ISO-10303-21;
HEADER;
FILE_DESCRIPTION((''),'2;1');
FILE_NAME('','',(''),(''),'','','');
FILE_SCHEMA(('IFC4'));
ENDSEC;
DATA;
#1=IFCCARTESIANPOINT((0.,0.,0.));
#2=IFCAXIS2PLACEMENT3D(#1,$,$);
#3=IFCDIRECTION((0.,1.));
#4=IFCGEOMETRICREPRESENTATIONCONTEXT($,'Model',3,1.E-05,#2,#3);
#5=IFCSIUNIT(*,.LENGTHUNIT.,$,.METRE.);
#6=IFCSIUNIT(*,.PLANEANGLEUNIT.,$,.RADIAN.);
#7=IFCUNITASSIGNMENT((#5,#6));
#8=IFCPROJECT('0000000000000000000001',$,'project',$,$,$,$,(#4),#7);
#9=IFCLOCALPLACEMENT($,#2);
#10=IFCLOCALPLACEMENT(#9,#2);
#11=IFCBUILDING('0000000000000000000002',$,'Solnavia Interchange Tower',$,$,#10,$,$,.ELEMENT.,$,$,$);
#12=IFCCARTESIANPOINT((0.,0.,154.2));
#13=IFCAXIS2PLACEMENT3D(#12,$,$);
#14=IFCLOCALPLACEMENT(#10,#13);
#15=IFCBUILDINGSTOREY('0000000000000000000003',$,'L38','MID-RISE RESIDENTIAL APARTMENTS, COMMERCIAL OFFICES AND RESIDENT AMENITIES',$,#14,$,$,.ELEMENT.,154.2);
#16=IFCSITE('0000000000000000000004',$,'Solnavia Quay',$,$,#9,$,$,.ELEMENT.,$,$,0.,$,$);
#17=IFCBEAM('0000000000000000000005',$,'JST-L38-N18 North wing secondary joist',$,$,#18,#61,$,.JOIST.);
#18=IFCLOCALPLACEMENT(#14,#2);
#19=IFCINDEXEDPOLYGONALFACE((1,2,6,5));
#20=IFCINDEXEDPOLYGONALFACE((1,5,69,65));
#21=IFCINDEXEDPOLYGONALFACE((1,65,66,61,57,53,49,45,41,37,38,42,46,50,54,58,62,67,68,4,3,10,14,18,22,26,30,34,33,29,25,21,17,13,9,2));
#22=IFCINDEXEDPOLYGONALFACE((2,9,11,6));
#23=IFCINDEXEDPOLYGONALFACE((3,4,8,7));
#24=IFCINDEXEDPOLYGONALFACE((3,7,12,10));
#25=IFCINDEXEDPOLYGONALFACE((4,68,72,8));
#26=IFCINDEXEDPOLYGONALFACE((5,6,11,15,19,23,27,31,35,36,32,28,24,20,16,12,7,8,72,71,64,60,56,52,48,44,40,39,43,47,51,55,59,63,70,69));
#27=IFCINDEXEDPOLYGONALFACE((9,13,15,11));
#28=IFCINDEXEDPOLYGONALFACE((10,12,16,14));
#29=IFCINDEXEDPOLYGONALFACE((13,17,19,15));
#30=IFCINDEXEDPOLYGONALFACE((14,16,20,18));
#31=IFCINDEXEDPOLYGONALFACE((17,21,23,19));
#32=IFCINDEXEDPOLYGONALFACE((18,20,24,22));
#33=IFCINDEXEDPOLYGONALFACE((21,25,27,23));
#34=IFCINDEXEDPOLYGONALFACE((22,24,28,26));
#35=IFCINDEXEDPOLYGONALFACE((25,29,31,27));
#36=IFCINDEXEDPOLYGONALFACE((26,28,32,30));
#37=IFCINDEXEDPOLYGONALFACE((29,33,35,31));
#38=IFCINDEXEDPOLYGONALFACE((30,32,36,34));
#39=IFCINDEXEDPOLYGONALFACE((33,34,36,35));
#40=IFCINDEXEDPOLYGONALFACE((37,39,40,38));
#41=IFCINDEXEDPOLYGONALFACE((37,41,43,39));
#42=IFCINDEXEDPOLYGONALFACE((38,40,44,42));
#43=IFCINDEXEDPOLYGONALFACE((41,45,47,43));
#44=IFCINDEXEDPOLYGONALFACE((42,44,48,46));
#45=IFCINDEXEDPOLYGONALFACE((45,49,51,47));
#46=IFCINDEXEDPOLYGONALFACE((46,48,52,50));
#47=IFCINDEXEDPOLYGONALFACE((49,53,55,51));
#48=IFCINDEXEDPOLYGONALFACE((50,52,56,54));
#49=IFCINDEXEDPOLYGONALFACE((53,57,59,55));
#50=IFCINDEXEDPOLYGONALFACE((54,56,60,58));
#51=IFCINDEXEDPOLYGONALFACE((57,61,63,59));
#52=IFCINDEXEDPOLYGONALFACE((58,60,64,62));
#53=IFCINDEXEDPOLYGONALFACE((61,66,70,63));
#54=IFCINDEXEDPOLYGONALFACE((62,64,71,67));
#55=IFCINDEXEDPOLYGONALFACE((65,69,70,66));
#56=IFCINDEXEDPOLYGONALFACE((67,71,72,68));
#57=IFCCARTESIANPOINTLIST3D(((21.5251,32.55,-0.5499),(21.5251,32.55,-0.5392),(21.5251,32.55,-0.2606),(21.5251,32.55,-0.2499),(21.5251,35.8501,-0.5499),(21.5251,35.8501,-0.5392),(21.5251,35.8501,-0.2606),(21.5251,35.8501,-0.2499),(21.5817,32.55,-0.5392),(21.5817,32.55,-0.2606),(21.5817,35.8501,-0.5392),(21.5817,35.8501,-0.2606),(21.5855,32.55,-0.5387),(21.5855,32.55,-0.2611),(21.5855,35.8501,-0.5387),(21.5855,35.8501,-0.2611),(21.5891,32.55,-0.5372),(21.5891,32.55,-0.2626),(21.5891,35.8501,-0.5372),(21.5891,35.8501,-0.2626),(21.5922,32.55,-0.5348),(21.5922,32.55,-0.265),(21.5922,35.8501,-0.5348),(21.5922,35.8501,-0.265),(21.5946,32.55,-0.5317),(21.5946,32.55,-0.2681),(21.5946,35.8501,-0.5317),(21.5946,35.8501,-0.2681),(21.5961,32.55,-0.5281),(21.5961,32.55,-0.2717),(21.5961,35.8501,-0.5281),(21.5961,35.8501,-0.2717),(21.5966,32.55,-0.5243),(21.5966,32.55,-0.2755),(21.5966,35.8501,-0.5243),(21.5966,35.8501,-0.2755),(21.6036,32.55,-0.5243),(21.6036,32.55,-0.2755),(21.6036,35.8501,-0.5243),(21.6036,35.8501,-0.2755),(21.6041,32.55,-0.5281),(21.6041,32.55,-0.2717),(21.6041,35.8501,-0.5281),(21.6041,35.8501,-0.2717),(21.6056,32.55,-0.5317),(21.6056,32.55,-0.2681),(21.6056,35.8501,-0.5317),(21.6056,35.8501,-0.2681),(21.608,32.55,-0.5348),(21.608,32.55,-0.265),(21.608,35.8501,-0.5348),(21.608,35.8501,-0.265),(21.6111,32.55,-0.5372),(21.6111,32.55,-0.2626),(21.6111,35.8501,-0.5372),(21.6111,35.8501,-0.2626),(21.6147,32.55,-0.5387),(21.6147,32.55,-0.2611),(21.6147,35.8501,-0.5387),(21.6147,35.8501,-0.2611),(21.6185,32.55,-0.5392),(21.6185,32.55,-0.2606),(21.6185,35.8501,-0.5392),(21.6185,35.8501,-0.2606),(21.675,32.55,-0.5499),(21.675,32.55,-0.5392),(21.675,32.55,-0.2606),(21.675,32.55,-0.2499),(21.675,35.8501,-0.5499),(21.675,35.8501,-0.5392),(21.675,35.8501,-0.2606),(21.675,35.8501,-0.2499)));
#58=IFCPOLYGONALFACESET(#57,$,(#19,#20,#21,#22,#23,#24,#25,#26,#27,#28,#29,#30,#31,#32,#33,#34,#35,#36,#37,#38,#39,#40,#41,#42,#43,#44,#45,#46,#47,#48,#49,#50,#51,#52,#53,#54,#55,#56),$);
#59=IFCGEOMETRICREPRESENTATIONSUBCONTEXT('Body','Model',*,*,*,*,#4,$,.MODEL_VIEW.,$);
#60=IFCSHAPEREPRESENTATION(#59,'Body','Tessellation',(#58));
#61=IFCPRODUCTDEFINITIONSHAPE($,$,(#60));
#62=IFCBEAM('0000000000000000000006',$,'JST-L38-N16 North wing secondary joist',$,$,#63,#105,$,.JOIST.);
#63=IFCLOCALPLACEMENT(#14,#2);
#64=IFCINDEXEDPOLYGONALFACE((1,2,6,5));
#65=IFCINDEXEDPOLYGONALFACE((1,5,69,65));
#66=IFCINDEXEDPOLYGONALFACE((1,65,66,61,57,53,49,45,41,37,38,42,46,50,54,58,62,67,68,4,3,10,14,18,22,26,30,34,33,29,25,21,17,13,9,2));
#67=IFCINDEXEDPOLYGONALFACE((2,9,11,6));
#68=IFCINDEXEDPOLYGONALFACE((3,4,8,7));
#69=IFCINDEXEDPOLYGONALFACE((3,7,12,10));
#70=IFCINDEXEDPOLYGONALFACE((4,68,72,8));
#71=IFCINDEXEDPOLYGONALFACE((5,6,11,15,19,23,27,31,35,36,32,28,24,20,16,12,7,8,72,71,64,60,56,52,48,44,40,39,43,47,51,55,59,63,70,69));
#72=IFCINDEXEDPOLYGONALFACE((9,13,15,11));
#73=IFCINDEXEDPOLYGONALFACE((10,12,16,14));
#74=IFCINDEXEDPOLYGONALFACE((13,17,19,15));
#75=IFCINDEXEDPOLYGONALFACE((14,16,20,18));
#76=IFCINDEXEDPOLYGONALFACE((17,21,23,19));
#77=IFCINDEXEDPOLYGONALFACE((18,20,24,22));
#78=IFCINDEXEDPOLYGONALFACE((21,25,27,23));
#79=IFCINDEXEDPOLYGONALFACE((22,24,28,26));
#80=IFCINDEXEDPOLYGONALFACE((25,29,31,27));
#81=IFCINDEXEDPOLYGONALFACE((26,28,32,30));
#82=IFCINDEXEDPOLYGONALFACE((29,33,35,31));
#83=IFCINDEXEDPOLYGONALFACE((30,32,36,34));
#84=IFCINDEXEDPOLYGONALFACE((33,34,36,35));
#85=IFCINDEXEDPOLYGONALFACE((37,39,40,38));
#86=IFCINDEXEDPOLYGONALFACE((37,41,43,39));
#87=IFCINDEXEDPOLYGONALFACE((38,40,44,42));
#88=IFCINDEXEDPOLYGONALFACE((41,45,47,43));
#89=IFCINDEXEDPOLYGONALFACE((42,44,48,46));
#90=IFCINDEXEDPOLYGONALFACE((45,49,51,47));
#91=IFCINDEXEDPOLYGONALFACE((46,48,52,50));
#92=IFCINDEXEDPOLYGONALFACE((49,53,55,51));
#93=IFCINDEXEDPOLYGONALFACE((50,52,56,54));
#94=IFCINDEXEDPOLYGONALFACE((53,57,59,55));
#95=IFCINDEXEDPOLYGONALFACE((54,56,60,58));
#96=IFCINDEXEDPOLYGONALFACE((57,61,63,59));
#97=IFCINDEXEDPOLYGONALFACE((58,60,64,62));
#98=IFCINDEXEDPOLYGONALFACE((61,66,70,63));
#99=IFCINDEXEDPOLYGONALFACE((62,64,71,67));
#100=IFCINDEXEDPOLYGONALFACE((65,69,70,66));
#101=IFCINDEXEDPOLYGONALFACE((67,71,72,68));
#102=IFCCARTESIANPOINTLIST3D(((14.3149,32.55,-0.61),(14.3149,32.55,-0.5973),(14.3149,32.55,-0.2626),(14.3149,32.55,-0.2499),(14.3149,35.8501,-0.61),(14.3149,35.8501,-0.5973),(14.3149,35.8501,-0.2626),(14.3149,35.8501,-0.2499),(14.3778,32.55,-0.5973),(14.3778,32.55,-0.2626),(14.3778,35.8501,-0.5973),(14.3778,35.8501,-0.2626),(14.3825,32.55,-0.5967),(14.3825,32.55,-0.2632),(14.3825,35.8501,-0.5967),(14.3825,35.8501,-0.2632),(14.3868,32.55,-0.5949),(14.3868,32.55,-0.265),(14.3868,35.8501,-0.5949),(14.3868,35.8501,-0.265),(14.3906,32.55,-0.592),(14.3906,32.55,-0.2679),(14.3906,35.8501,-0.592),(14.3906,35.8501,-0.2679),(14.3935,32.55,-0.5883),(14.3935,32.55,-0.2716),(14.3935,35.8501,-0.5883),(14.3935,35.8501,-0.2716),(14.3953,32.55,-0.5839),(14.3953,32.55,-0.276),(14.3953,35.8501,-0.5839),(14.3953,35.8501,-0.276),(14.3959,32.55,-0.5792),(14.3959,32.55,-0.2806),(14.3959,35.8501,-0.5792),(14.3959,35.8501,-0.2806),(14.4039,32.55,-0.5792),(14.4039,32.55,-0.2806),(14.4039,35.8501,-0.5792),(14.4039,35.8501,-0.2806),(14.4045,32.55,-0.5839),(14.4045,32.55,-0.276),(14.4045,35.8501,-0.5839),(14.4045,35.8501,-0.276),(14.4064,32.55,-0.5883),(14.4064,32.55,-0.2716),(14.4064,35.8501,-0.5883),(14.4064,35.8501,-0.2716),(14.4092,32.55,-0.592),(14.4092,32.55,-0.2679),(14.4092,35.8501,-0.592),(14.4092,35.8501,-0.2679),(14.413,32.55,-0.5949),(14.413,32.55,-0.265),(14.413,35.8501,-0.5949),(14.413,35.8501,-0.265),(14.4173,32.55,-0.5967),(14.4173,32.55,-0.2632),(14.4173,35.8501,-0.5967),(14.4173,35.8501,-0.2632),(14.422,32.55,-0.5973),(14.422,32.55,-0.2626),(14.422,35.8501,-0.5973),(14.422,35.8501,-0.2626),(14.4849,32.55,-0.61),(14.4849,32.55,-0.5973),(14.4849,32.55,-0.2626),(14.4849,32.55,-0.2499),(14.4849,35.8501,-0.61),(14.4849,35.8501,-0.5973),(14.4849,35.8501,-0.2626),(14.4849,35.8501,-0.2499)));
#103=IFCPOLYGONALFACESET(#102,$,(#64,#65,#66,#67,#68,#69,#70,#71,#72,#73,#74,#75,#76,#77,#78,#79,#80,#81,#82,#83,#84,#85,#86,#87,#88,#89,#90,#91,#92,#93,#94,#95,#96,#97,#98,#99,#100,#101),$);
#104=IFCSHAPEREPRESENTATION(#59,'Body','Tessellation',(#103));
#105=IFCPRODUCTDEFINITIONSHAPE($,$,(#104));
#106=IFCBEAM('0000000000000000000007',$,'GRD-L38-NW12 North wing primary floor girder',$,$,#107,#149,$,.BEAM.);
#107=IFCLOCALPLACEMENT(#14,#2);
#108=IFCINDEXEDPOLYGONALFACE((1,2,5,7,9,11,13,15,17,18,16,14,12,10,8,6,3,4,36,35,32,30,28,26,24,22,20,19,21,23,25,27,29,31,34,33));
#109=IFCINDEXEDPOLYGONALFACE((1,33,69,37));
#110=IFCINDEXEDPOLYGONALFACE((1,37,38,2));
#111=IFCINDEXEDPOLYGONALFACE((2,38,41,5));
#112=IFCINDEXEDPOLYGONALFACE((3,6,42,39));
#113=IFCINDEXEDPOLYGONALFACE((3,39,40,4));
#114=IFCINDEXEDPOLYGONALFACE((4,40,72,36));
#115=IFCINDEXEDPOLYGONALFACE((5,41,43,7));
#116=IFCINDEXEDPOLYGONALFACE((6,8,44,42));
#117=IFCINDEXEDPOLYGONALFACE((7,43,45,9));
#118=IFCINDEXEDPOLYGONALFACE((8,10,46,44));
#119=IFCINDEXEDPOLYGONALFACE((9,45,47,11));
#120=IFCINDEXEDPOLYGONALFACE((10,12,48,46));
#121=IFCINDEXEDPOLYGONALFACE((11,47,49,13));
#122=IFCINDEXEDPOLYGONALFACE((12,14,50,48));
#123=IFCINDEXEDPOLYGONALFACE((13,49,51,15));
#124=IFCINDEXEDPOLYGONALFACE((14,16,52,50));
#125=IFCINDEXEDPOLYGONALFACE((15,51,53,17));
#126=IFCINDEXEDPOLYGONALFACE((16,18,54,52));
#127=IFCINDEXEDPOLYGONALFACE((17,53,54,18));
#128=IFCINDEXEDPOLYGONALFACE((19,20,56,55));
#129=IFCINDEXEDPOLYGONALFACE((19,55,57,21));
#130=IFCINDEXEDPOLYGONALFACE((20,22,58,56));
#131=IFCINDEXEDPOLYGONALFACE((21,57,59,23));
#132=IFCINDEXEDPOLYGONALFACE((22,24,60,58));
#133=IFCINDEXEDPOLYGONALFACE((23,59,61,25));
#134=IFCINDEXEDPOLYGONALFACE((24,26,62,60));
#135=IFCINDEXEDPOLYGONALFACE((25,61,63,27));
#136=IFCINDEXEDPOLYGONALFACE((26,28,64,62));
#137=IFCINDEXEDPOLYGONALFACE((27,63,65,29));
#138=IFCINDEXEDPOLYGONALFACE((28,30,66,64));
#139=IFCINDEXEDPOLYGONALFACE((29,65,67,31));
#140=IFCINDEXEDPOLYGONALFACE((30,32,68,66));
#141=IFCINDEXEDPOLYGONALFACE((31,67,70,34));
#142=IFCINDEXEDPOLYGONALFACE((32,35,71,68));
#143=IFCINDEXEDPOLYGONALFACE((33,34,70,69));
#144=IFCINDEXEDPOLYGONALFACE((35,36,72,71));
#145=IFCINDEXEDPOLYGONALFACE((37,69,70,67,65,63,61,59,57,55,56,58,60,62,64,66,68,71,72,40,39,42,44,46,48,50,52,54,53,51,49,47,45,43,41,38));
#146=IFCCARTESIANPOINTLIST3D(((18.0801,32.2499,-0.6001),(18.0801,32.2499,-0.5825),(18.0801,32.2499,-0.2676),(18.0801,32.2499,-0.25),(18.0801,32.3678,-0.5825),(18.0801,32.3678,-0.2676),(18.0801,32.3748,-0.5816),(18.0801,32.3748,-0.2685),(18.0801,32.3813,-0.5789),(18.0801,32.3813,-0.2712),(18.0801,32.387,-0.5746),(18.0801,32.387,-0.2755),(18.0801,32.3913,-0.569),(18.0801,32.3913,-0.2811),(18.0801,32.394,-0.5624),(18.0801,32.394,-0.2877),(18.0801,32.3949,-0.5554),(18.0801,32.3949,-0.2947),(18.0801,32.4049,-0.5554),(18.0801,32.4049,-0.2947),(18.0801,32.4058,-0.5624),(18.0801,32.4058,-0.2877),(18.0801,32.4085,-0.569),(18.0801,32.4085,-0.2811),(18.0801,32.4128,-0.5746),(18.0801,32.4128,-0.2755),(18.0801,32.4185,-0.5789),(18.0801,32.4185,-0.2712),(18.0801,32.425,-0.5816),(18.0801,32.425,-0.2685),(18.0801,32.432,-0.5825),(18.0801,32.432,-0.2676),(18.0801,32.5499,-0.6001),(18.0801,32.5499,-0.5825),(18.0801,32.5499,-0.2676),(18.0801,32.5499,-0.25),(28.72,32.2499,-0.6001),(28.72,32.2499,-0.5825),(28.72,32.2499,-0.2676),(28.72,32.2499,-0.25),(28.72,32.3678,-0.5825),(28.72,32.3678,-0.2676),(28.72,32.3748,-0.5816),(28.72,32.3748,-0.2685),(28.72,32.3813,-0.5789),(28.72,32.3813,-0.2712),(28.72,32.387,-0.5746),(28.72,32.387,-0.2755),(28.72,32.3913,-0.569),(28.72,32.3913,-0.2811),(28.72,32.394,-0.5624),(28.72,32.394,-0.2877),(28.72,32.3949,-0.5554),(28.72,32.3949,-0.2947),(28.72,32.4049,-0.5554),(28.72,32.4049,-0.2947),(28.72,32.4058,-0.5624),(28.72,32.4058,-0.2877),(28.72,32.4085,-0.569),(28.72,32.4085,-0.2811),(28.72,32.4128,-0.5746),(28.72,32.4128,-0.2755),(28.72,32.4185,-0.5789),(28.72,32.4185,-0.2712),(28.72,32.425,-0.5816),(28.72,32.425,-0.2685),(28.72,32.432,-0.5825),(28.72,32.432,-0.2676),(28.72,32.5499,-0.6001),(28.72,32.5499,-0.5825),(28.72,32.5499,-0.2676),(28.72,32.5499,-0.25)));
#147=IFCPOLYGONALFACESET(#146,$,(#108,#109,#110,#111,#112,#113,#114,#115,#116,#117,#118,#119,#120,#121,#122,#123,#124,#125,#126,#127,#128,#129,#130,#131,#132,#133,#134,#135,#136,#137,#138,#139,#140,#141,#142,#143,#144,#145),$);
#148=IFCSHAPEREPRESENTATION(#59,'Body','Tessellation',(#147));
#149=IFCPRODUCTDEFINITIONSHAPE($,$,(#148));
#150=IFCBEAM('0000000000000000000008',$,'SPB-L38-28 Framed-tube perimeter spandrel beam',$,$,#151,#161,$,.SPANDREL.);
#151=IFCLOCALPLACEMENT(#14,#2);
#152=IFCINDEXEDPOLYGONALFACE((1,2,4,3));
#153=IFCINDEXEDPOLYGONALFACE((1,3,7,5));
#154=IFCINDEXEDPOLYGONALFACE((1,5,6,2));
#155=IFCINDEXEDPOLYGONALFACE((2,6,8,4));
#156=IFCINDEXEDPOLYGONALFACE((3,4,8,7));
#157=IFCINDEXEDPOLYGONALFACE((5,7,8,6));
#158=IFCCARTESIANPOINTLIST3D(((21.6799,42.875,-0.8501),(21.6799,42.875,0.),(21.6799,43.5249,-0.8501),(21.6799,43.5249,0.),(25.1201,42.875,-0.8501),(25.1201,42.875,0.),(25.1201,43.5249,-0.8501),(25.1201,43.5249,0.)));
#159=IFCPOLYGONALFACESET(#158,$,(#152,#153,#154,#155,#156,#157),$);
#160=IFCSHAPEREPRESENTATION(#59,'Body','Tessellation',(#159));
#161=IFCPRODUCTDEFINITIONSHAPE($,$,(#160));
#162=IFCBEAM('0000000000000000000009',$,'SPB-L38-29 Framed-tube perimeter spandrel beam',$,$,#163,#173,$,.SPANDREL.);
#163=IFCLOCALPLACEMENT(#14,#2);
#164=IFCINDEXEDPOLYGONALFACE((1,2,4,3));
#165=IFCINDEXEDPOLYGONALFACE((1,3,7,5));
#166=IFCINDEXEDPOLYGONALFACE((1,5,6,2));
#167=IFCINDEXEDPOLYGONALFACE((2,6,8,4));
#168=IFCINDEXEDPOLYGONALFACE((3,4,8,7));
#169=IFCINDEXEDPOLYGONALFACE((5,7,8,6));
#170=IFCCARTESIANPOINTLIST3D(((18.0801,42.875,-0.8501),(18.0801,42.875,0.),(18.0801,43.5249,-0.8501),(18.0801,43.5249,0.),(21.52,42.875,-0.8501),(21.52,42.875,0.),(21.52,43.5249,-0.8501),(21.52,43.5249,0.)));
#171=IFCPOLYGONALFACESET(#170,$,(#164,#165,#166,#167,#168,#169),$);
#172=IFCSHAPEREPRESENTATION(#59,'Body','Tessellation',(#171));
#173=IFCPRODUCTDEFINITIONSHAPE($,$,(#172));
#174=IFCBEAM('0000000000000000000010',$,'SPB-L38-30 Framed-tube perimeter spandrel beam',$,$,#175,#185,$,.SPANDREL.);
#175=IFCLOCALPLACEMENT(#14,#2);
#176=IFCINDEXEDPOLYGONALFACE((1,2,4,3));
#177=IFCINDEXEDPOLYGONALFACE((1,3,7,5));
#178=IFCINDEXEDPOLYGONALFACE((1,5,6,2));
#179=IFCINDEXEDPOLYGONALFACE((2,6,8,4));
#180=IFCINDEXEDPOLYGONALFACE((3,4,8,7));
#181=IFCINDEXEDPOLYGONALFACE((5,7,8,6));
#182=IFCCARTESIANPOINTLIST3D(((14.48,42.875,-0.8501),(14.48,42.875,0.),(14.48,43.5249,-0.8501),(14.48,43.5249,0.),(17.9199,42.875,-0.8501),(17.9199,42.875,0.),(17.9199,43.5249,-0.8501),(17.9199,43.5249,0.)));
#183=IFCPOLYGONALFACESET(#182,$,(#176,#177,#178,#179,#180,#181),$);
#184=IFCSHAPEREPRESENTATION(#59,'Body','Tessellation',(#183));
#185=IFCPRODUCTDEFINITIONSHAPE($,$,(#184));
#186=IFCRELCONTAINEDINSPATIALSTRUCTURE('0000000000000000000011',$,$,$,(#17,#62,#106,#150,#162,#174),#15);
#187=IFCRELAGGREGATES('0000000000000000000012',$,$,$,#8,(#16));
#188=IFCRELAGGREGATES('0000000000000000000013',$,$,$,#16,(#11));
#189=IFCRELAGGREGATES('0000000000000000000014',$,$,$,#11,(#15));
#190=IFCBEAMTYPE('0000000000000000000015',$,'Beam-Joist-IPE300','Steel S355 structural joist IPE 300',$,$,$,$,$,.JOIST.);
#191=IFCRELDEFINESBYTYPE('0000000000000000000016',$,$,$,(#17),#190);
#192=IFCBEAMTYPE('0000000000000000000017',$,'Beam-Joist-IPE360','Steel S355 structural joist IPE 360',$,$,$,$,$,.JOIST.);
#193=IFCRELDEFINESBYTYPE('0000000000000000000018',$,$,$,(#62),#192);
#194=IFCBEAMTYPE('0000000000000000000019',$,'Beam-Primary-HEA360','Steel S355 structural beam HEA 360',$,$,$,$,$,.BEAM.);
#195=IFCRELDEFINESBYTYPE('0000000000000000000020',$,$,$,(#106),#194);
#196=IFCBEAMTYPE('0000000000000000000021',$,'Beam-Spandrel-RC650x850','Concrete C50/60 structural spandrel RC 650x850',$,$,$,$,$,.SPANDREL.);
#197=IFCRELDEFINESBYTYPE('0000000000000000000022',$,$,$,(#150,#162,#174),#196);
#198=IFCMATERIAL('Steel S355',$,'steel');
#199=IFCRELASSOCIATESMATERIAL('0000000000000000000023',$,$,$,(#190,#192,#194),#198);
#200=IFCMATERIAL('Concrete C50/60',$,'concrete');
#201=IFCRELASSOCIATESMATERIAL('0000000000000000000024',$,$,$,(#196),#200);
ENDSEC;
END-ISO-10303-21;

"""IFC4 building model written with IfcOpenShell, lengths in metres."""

from ifc_helpers import new_model, si_unit, direction, frame, origin, origin_2d, place, context, subcontext, project, spatial, rectangle, i_section, extrude, material, material_profile, profile_set, type_object, element, save


model = new_model("IFC4")

# Units and contexts
model_context = context("Model", 3, precision=1e-05, world=origin(), true_north=direction((0.0, 1.0)))
body_context = subcontext(model_context, "Body", "Model", "MODEL_VIEW")
ifc_project = project(units=[si_unit("LENGTHUNIT", "METRE"), si_unit("PLANEANGLEUNIT", "RADIAN")], contexts=[model_context])

# Site, building, storey
site_placement = place(None, origin())
site = spatial("IfcSite", under=ifc_project, at=site_placement, Name="Solnavia Quay", CompositionType="ELEMENT", RefElevation=0.0)
building_placement = place(site_placement, origin())
building = spatial("IfcBuilding", under=site, at=building_placement, Name="Solnavia Interchange Tower", CompositionType="ELEMENT")
storey_placement = place(building_placement, frame((0.0, 0.0, 154.2)))
storey = spatial("IfcBuildingStorey", under=building, at=storey_placement, Name="L38", Description="MID-RISE RESIDENTIAL APARTMENTS, COMMERCIAL OFFICES AND RESIDENT AMENITIES", CompositionType="ELEMENT", Elevation=154.2)

# Shared definitions
ifc_material_1 = material(Name="Concrete C50/60", Category="concrete")
ifc_material_2 = material(Name="Steel S355", Category="steel")

# Beams
ifc_material_profile_1 = material_profile(ifc_material_2, i_section(OverallWidth=0.1499, OverallDepth=0.3, WebThickness=0.0071, FlangeThickness=0.0107, FilletRadius=0.0149, at=origin_2d()), Name="IPE 300")
ifc_profile_set_1 = profile_set([ifc_material_profile_1], Name="Steel S355")
beam_type_1 = type_object("IfcBeamType", Name="Beam-Joist-IPE300", Description="Steel S355 structural joist IPE 300", PredefinedType="JOIST", material=ifc_profile_set_1)
beam_1_placement = place(storey_placement, frame((21.6001, 32.55, -0.3999), z_axis=(0.0, 1.0, 0.0), x_axis=(-1.0, 0.0, 0.0)))
element("IfcBeam", 1, at=beam_1_placement, inside=storey, type_object=beam_type_1, Name="JST-L38-N18 North wing secondary joist", PredefinedType="JOIST", context=body_context, shape_type="SweptSolid", body=[
    extrude(i_section(OverallWidth=0.1499, OverallDepth=0.3, WebThickness=0.0071, FlangeThickness=0.0107, FilletRadius=0.0149, at=origin_2d()), origin(), (0.0, 0.0, 1.0), 3.3),
])
ifc_material_profile_2 = material_profile(ifc_material_2, i_section(OverallWidth=0.1699, OverallDepth=0.3601, WebThickness=0.0081, FlangeThickness=0.0127, FilletRadius=0.0181, at=origin_2d()), Name="IPE 360")
ifc_profile_set_2 = profile_set([ifc_material_profile_2], Name="Steel S355")
beam_type_2 = type_object("IfcBeamType", Name="Beam-Joist-IPE360", Description="Steel S355 structural joist IPE 360", PredefinedType="JOIST", material=ifc_profile_set_2)
beam_2_placement = place(storey_placement, frame((14.3999, 32.55, -0.4299), z_axis=(0.0, 1.0, 0.0), x_axis=(-1.0, 0.0, 0.0)))
element("IfcBeam", 2, at=beam_2_placement, inside=storey, type_object=beam_type_2, Name="JST-L38-N16 North wing secondary joist", PredefinedType="JOIST", context=body_context, shape_type="SweptSolid", body=[
    extrude(i_section(OverallWidth=0.1699, OverallDepth=0.3601, WebThickness=0.0081, FlangeThickness=0.0127, FilletRadius=0.0181, at=origin_2d()), origin(), (0.0, 0.0, 1.0), 3.3),
])
ifc_material_profile_3 = material_profile(ifc_material_2, i_section(OverallWidth=0.3, OverallDepth=0.3501, WebThickness=0.01, FlangeThickness=0.0176, FilletRadius=0.0271, at=origin_2d()), Name="HEA 360")
ifc_profile_set_3 = profile_set([ifc_material_profile_3], Name="Steel S355")
beam_type_3 = type_object("IfcBeamType", Name="Beam-Primary-HEA360", Description="Steel S355 structural beam HEA 360", PredefinedType="BEAM", material=ifc_profile_set_3)
beam_3_placement = place(storey_placement, frame((18.0801, 32.3999, -0.425), z_axis=(1.0, 0.0, 0.0), x_axis=(0.0, 1.0, 0.0)))
element("IfcBeam", 3, at=beam_3_placement, inside=storey, type_object=beam_type_3, Name="GRD-L38-NW12 North wing primary floor girder", PredefinedType="BEAM", context=body_context, shape_type="SweptSolid", body=[
    extrude(i_section(OverallWidth=0.3, OverallDepth=0.3501, WebThickness=0.01, FlangeThickness=0.0176, FilletRadius=0.0271, at=origin_2d()), origin(), (0.0, 0.0, 1.0), 10.6399),
])
ifc_material_profile_4 = material_profile(ifc_material_1, rectangle(XDim=0.6499, YDim=0.8501, at=origin_2d()), Name="RC 650x850")
ifc_profile_set_4 = profile_set([ifc_material_profile_4], Name="Concrete C50/60")
beam_type_4 = type_object("IfcBeamType", Name="Beam-Spandrel-RC650x850", Description="Concrete C50/60 structural spandrel RC 650x850", PredefinedType="SPANDREL", material=ifc_profile_set_4)
beam_4_placement = place(storey_placement, frame((25.1201, 43.2, -0.425), z_axis=(-1.0, 0.0, 0.0), x_axis=(0.0, -1.0, 0.0)))
element("IfcBeam", 4, at=beam_4_placement, inside=storey, type_object=beam_type_4, Name="SPB-L38-28 Framed-tube perimeter spandrel beam", PredefinedType="SPANDREL", context=body_context, shape_type="SweptSolid", body=[
    extrude(rectangle(XDim=0.6499, YDim=0.8501, at=origin_2d()), origin(), (0.0, 0.0, 1.0), 3.4402),
])
for number, where, z_axis, x_axis, name in (
    (5, (21.52, 43.2, -0.425), (-1.0, 0.0, 0.0), (0.0, -1.0, 0.0), "SPB-L38-29 Framed-tube perimeter spandrel beam"),
    (6, (17.9199, 43.2, -0.425), (-1.0, 0.0, 0.0), (0.0, -1.0, 0.0), "SPB-L38-30 Framed-tube perimeter spandrel beam"),
):
    element("IfcBeam", number, at=place(storey_placement, frame(where, z_axis=z_axis, x_axis=x_axis)), inside=storey, type_object=beam_type_4, Name=name, PredefinedType="SPANDREL", context=body_context, shape_type="SweptSolid", body=[
        extrude(rectangle(XDim=0.6499, YDim=0.8501, at=origin_2d()), origin(), (0.0, 0.0, 1.0), 3.4399),
    ])

save(model, "model.ifc")
